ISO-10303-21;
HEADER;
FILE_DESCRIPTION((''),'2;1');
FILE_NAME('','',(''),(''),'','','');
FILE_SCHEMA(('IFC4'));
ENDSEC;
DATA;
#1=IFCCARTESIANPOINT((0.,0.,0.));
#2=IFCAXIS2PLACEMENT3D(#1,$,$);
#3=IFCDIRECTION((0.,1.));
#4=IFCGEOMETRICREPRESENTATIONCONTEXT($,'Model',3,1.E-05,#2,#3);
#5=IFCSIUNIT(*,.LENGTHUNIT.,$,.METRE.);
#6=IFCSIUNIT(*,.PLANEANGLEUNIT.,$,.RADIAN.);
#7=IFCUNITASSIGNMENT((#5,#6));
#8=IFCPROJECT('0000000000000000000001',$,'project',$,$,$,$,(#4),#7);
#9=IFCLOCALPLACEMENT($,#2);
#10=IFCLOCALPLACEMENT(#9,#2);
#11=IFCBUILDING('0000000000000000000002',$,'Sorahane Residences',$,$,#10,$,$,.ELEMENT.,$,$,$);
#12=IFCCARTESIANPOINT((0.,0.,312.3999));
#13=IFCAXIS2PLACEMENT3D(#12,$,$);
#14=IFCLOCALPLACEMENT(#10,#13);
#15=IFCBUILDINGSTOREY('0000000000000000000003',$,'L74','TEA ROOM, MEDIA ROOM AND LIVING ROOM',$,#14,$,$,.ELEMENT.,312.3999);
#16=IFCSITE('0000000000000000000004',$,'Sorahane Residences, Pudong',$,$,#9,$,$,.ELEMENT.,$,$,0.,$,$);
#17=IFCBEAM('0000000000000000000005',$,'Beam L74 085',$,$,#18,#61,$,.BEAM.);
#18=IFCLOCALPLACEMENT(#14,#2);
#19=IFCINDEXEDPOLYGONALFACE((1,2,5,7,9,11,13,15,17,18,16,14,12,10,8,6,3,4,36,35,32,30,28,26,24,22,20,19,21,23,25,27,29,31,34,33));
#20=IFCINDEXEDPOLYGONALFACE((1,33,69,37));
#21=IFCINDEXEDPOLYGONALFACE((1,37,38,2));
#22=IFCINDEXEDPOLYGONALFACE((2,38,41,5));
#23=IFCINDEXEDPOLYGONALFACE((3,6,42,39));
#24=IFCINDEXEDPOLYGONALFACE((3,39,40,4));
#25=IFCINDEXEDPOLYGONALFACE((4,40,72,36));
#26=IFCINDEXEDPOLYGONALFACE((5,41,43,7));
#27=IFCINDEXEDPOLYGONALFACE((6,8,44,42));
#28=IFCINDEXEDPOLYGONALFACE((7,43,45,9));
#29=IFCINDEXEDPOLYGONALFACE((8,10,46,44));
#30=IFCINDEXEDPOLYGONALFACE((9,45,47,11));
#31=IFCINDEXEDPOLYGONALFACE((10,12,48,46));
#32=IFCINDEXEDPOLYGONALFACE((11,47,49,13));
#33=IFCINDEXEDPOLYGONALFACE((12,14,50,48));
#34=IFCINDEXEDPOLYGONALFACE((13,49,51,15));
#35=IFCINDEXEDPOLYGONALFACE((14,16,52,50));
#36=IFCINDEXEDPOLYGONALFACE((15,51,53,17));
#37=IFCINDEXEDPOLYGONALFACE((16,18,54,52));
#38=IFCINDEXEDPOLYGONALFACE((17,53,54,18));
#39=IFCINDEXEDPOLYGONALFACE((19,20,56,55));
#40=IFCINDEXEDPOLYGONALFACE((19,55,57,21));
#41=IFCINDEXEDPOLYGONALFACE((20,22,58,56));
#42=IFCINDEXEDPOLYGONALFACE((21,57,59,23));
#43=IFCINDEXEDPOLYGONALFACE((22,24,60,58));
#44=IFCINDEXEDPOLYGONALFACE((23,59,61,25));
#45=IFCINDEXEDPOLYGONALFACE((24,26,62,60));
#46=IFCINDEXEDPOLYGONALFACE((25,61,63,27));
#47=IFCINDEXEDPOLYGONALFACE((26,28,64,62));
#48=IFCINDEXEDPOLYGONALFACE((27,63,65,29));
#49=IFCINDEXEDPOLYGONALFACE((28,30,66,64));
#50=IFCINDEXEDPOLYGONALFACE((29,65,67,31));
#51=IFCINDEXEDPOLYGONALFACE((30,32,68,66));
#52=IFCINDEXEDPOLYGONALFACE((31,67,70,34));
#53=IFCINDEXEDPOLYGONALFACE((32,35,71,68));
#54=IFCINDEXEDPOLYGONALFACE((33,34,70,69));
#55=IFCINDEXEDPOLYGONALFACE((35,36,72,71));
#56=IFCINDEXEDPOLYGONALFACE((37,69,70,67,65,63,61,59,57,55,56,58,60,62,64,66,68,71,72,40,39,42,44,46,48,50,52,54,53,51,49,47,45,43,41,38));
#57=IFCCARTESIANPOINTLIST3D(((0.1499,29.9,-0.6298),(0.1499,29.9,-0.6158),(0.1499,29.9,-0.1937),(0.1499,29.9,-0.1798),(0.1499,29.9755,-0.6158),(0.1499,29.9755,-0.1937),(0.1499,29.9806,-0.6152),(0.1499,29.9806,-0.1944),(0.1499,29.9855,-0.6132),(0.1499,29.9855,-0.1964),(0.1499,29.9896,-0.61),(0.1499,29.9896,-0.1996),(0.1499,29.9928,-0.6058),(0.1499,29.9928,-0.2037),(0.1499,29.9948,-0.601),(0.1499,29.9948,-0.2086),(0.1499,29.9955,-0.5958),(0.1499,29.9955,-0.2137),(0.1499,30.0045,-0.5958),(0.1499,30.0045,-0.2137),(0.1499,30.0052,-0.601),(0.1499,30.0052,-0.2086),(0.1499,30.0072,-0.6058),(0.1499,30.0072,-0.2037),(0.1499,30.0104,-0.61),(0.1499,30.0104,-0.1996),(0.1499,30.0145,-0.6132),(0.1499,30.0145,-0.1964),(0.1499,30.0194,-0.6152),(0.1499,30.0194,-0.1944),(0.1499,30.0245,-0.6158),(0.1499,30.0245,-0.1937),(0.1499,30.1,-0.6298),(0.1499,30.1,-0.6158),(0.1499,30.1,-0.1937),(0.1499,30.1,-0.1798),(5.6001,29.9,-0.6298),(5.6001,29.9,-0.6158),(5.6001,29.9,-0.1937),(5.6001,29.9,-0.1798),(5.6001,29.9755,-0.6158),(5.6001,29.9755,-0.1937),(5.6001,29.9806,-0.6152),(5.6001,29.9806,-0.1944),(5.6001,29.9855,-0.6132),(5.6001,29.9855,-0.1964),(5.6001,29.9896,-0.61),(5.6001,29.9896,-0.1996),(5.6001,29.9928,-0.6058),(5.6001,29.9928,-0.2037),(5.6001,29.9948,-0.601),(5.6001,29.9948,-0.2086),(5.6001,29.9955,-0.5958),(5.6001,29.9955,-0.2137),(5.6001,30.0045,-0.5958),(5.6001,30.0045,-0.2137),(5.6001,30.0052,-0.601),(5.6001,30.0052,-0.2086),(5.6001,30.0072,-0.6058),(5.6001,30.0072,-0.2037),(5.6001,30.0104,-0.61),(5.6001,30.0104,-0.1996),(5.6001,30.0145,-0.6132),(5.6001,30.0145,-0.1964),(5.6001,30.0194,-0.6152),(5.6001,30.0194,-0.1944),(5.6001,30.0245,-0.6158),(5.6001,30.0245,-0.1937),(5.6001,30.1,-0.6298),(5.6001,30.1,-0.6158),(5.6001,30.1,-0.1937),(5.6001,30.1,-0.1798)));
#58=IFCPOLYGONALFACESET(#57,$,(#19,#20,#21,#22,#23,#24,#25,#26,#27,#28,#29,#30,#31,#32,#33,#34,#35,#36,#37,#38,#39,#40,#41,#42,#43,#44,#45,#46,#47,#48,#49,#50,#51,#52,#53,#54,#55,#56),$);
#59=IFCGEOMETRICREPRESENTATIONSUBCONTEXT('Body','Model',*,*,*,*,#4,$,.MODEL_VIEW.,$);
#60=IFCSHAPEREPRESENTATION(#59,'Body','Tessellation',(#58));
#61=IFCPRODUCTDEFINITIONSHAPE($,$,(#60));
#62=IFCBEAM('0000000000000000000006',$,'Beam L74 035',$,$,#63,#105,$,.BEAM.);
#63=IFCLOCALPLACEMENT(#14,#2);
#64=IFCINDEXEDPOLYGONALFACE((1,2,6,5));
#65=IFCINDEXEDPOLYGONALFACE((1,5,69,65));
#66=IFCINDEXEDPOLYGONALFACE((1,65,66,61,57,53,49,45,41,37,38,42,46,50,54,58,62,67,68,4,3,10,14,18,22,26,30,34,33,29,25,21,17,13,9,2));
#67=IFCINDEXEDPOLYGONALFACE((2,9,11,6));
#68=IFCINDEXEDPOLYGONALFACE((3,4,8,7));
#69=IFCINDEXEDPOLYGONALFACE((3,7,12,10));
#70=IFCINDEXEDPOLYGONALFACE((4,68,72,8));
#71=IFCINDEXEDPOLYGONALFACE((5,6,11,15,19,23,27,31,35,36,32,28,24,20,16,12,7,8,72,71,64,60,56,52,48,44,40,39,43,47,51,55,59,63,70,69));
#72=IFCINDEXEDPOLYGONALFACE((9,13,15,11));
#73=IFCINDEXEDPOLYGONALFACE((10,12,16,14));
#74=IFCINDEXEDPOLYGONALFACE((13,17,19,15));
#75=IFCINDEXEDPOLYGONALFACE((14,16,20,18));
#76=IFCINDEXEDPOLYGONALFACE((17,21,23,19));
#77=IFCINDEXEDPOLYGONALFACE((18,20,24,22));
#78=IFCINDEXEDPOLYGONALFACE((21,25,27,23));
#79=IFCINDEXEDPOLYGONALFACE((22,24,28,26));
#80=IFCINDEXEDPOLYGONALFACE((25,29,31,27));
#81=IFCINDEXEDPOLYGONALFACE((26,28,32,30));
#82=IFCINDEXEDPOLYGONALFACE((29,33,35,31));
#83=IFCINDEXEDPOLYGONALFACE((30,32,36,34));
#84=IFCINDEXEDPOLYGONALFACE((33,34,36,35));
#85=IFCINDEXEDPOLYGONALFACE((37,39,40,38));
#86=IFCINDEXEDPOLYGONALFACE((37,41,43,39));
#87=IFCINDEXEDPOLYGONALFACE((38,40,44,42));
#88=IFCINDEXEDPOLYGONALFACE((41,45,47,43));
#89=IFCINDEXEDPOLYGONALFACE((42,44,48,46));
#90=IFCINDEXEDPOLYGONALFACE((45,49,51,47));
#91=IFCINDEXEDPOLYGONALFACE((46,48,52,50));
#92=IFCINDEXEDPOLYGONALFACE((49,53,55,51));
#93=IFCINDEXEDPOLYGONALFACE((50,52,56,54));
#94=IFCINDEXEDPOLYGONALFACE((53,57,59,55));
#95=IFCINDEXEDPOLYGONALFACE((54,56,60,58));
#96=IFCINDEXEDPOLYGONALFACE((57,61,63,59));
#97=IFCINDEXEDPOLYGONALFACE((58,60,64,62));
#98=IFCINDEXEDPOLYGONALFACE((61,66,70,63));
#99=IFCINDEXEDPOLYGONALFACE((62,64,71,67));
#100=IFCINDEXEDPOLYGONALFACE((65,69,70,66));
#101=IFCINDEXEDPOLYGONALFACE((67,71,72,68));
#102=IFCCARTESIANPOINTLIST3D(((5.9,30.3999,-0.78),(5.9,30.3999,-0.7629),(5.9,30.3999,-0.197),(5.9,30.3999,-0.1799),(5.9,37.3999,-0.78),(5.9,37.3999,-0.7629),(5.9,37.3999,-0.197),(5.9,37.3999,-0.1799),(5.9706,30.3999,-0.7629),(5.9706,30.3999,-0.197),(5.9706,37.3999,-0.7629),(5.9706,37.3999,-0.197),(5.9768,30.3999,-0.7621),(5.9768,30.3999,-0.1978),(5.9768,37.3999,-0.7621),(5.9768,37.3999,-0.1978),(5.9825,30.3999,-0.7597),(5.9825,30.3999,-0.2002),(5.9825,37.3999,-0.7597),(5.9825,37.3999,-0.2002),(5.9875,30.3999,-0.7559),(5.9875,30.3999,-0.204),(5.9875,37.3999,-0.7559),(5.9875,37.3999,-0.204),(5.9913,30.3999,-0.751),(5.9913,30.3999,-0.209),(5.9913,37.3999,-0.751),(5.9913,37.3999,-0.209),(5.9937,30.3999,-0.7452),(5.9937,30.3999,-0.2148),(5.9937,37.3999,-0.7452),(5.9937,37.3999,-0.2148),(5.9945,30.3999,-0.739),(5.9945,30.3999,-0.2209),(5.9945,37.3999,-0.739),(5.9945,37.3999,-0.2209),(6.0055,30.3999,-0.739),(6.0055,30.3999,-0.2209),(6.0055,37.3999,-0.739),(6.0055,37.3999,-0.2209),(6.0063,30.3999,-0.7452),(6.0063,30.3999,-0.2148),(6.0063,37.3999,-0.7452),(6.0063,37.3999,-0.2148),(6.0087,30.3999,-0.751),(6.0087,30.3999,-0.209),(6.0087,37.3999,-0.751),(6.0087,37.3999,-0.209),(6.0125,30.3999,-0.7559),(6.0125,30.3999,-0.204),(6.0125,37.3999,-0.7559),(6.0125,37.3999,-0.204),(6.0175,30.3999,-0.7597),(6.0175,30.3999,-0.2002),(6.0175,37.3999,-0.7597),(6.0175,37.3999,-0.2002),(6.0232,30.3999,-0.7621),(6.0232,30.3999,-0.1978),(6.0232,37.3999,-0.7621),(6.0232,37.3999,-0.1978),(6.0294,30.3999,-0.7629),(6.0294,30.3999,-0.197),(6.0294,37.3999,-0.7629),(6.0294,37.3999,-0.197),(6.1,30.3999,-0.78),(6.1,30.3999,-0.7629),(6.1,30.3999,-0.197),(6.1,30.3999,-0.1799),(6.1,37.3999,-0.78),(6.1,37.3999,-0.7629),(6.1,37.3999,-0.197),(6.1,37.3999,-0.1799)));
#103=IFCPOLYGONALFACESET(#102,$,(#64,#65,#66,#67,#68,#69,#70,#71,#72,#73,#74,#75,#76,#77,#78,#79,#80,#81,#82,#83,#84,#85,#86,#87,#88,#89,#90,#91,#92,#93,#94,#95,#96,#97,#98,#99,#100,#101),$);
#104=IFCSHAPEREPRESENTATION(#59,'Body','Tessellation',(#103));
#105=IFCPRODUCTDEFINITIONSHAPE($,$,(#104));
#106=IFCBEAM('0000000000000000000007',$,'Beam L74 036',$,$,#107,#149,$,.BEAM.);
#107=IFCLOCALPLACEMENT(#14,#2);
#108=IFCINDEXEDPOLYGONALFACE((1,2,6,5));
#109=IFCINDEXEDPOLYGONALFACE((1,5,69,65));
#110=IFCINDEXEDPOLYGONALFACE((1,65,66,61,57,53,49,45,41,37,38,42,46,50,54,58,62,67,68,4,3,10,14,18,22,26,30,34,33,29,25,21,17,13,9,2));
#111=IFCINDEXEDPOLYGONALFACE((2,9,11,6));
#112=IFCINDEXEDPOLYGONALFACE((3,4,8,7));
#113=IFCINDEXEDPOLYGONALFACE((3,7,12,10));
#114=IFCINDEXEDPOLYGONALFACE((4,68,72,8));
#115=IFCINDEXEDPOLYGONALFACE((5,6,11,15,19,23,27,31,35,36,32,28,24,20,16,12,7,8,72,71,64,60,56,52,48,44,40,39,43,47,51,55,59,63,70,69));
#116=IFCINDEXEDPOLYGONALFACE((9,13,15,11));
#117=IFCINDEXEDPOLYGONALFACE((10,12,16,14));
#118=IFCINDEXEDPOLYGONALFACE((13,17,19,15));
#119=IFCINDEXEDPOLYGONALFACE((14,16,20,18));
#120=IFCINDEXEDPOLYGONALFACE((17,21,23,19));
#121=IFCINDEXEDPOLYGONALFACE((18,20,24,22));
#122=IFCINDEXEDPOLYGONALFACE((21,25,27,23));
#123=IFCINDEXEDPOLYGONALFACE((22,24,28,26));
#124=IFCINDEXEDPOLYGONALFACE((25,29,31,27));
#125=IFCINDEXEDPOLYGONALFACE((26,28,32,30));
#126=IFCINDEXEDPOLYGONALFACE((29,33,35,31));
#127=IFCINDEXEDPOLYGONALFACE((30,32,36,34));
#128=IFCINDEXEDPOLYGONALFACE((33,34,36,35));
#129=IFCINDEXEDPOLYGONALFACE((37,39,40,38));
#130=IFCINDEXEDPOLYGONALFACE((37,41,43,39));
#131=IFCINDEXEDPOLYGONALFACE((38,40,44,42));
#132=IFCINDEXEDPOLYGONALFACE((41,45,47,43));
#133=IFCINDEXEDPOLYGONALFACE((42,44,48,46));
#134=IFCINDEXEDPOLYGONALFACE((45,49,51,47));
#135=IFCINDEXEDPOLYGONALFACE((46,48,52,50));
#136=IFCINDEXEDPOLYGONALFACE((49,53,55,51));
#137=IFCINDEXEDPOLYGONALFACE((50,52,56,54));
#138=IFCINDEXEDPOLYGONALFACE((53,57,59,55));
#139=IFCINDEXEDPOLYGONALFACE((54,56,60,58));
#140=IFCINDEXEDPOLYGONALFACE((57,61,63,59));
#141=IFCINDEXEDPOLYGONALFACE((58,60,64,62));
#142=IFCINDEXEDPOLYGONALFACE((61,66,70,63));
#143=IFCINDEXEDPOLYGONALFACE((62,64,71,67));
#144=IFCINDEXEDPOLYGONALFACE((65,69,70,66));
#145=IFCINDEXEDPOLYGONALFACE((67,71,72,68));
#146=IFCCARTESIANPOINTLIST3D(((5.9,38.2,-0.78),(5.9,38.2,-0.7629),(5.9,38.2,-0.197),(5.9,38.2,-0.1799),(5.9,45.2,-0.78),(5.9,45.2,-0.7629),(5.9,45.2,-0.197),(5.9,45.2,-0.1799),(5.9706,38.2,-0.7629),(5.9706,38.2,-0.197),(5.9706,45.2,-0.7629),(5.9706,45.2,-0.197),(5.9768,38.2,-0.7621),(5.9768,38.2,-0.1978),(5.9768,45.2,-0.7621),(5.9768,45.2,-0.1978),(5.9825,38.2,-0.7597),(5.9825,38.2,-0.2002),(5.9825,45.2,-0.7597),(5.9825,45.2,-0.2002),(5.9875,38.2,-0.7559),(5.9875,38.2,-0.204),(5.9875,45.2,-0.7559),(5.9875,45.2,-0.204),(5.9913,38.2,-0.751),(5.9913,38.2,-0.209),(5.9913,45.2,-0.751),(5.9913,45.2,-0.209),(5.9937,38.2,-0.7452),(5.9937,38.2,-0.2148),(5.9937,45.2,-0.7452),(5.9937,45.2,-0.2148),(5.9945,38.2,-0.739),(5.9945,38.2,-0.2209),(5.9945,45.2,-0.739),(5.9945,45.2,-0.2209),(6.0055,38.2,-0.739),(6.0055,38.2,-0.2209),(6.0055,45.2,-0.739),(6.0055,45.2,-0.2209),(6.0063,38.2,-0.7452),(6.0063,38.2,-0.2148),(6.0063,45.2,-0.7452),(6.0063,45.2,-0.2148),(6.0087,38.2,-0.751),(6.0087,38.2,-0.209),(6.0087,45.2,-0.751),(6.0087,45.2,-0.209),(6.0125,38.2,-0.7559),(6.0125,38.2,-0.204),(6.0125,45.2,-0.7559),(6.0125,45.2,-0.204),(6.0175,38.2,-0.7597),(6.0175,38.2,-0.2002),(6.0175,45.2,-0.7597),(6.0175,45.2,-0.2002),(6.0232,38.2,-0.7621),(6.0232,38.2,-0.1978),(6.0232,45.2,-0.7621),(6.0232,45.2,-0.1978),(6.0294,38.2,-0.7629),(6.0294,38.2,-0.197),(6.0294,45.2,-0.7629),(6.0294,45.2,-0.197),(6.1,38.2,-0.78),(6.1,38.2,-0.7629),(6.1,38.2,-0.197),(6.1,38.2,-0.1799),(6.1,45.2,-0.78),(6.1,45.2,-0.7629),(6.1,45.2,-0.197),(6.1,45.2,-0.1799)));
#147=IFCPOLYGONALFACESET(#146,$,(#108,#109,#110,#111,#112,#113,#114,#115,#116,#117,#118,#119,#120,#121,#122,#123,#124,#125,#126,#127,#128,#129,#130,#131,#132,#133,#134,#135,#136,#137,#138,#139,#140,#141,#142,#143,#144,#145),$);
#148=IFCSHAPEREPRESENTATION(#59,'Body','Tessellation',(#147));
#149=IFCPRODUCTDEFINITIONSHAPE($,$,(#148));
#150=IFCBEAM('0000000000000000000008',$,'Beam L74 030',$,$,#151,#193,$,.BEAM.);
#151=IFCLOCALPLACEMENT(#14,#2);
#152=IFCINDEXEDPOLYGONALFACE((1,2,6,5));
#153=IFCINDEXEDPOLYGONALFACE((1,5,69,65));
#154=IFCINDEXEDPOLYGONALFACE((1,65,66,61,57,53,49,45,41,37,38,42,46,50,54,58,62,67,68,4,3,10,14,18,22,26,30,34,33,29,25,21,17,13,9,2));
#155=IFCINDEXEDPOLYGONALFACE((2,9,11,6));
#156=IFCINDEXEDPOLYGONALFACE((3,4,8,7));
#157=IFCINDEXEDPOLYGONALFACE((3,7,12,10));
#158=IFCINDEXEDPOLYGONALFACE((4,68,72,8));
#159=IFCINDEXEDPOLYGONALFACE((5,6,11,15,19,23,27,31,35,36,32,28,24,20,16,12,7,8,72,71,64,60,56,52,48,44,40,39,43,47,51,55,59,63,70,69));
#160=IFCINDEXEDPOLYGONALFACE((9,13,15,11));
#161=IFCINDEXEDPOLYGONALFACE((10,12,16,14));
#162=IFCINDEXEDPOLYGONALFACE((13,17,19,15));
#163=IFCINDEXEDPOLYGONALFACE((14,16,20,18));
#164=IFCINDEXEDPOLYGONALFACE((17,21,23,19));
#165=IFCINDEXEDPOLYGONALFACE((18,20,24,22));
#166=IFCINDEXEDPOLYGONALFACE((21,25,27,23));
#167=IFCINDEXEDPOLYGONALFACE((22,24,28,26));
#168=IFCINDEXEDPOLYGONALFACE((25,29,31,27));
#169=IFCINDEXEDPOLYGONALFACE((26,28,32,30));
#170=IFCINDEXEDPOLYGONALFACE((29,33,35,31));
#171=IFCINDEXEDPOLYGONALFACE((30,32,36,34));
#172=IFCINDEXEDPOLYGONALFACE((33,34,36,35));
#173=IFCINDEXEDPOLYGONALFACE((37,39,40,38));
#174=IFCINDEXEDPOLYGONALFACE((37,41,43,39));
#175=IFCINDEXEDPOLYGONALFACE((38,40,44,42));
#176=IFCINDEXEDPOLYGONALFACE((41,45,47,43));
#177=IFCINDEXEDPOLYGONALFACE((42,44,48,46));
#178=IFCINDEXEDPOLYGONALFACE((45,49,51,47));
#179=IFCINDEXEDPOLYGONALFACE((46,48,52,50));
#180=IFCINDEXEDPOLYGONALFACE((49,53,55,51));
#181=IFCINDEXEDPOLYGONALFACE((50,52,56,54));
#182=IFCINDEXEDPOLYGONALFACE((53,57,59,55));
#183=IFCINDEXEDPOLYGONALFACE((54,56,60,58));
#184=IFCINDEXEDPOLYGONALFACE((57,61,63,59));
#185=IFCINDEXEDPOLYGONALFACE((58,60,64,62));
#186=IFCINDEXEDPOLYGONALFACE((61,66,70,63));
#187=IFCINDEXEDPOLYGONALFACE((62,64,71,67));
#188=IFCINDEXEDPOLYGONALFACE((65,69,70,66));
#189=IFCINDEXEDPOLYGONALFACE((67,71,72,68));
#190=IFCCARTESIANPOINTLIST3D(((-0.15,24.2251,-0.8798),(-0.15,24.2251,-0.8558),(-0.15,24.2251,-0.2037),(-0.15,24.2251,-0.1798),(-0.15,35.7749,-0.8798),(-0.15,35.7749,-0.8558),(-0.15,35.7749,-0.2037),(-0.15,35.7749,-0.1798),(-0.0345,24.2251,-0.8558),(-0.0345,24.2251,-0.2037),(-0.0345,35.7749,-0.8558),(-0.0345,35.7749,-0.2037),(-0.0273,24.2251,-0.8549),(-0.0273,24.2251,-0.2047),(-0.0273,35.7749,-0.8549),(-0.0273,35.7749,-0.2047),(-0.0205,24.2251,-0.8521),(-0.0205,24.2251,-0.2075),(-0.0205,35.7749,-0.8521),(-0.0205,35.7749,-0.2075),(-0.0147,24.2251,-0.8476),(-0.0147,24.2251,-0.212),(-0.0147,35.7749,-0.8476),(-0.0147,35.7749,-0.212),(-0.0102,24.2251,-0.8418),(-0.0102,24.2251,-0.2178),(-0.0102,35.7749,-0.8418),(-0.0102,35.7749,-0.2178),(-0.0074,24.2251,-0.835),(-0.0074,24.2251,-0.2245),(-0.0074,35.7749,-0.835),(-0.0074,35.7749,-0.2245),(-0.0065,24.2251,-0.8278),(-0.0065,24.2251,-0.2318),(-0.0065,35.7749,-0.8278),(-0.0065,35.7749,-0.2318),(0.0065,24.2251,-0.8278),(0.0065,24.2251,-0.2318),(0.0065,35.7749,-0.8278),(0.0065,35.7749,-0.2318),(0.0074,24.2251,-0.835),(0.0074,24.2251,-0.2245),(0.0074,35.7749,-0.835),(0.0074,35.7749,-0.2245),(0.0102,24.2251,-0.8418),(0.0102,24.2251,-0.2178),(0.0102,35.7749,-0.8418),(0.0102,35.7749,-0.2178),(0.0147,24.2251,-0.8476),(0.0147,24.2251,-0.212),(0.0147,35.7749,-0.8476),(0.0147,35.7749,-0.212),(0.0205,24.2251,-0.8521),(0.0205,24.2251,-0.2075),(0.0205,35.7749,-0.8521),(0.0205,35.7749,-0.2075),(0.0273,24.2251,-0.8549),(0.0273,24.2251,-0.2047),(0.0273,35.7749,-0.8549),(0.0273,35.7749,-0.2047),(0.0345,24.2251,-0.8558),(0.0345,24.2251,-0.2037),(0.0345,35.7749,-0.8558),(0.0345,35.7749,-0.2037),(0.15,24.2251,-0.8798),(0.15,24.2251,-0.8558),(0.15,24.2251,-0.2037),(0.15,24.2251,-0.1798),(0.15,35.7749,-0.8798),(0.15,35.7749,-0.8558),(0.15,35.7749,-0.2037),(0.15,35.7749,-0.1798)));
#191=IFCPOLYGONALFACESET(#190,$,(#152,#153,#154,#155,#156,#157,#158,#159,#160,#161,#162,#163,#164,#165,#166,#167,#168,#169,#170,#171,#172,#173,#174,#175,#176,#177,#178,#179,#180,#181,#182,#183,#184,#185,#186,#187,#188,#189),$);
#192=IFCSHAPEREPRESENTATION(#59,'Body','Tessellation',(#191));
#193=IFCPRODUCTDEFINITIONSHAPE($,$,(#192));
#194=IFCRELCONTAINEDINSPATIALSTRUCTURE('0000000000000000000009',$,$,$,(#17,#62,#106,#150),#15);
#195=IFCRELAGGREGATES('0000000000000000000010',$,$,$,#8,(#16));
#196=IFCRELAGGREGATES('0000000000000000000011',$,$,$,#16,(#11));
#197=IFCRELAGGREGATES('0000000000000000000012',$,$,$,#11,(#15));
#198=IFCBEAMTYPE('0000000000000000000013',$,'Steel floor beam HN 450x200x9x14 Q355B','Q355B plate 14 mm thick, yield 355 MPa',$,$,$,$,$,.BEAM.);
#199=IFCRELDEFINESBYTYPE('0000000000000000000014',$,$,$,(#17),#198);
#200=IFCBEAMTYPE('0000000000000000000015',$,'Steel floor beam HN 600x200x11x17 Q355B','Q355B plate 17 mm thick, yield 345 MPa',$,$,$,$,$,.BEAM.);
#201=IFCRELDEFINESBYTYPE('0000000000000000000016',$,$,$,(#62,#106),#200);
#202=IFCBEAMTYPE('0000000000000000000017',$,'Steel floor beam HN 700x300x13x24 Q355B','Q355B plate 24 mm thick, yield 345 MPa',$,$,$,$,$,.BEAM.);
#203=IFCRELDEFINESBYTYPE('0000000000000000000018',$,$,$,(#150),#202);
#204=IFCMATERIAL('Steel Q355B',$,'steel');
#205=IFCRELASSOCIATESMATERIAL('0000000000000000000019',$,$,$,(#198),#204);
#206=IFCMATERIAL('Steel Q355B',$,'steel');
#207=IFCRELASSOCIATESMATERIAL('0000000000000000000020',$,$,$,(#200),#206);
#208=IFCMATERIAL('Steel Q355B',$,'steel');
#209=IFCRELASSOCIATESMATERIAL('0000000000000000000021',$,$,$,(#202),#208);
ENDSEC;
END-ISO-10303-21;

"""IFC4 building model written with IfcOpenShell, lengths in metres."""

from ifc_helpers import new_model, si_unit, direction, frame, origin, origin_2d, place, context, subcontext, project, spatial, i_section, extrude, material, material_profile, profile_set, type_object, element, save


model = new_model("IFC4")

# Units and contexts
model_context = context("Model", 3, precision=1e-05, world=origin(), true_north=direction((0.0, 1.0)))
body_context = subcontext(model_context, "Body", "Model", "MODEL_VIEW")
ifc_project = project(units=[si_unit("LENGTHUNIT", "METRE"), si_unit("PLANEANGLEUNIT", "RADIAN")], contexts=[model_context])

# Site, building, storey
site_placement = place(None, origin())
site = spatial("IfcSite", under=ifc_project, at=site_placement, Name="Sorahane Residences, Pudong", CompositionType="ELEMENT", RefElevation=0.0)
building_placement = place(site_placement, origin())
building = spatial("IfcBuilding", under=site, at=building_placement, Name="Sorahane Residences", CompositionType="ELEMENT")
storey_placement = place(building_placement, frame((0.0, 0.0, 312.3999)))
storey = spatial("IfcBuildingStorey", under=building, at=storey_placement, Name="L74", Description="TEA ROOM, MEDIA ROOM AND LIVING ROOM", CompositionType="ELEMENT", Elevation=312.3999)

# Beams
ifc_material_1 = material(Name="Steel Q355B", Category="steel")
ifc_material_profile_1 = material_profile(ifc_material_1, i_section(OverallWidth=0.2, OverallDepth=0.45, WebThickness=0.009, FlangeThickness=0.0139, FilletRadius=0.02, at=origin_2d()), Name="HN 450x200x9x14")
ifc_profile_set_1 = profile_set([ifc_material_profile_1], Name="Steel Q355B")
beam_type_1 = type_object("IfcBeamType", Name="Steel floor beam HN 450x200x9x14 Q355B", Description="Q355B plate 14 mm thick, yield 355 MPa", PredefinedType="BEAM", material=ifc_profile_set_1)
beam_1_placement = place(storey_placement, frame((0.1499, 30.0, -0.4048), z_axis=(1.0, 0.0, 0.0), x_axis=(0.0, 1.0, 0.0)))
element("IfcBeam", 1, at=beam_1_placement, inside=storey, type_object=beam_type_1, Name="Beam L74 085", PredefinedType="BEAM", context=body_context, shape_type="SweptSolid", body=[
    extrude(i_section(OverallWidth=0.2, OverallDepth=0.45, WebThickness=0.009, FlangeThickness=0.0139, FilletRadius=0.02, at=origin_2d()), origin(), (0.0, 0.0, 1.0), 5.4502),
])
ifc_material_2 = material(Name="Steel Q355B", Category="steel")
ifc_material_profile_2 = material_profile(ifc_material_2, i_section(OverallWidth=0.2, OverallDepth=0.6001, WebThickness=0.011, FlangeThickness=0.0171, FilletRadius=0.0239, at=origin_2d()), Name="HN 600x200x11x17")
ifc_profile_set_2 = profile_set([ifc_material_profile_2], Name="Steel Q355B")
beam_type_2 = type_object("IfcBeamType", Name="Steel floor beam HN 600x200x11x17 Q355B", Description="Q355B plate 17 mm thick, yield 345 MPa", PredefinedType="BEAM", material=ifc_profile_set_2)
for number, where, z_axis, x_axis, name in (
    (2, (6.0, 30.3999, -0.48), (0.0, 1.0, 0.0), (-1.0, 0.0, 0.0), "Beam L74 035"),
    (3, (6.0, 38.2, -0.48), (0.0, 1.0, 0.0), (-1.0, 0.0, 0.0), "Beam L74 036"),
):
    element("IfcBeam", number, at=place(storey_placement, frame(where, z_axis=z_axis, x_axis=x_axis)), inside=storey, type_object=beam_type_2, Name=name, PredefinedType="BEAM", context=body_context, shape_type="SweptSolid", body=[
        extrude(i_section(OverallWidth=0.2, OverallDepth=0.6001, WebThickness=0.011, FlangeThickness=0.0171, FilletRadius=0.0239, at=origin_2d()), origin(), (0.0, 0.0, 1.0), 7.0),
    ])
ifc_material_3 = material(Name="Steel Q355B", Category="steel")
ifc_material_profile_3 = material_profile(ifc_material_3, i_section(OverallWidth=0.3, OverallDepth=0.7, WebThickness=0.0129, FlangeThickness=0.0239, FilletRadius=0.0281, at=origin_2d()), Name="HN 700x300x13x24")
ifc_profile_set_3 = profile_set([ifc_material_profile_3], Name="Steel Q355B")
beam_type_3 = type_object("IfcBeamType", Name="Steel floor beam HN 700x300x13x24 Q355B", Description="Q355B plate 24 mm thick, yield 345 MPa", PredefinedType="BEAM", material=ifc_profile_set_3)
beam_2_placement = place(storey_placement, frame((0.0, 24.2251, -0.5298), z_axis=(0.0, 1.0, 0.0), x_axis=(-1.0, 0.0, 0.0)))
element("IfcBeam", 4, at=beam_2_placement, inside=storey, type_object=beam_type_3, Name="Beam L74 030", PredefinedType="BEAM", context=body_context, shape_type="SweptSolid", body=[
    extrude(i_section(OverallWidth=0.3, OverallDepth=0.7, WebThickness=0.0129, FlangeThickness=0.0239, FilletRadius=0.0281, at=origin_2d()), origin(), (0.0, 0.0, 1.0), 11.5498),
])

save(model, "model.ifc")
